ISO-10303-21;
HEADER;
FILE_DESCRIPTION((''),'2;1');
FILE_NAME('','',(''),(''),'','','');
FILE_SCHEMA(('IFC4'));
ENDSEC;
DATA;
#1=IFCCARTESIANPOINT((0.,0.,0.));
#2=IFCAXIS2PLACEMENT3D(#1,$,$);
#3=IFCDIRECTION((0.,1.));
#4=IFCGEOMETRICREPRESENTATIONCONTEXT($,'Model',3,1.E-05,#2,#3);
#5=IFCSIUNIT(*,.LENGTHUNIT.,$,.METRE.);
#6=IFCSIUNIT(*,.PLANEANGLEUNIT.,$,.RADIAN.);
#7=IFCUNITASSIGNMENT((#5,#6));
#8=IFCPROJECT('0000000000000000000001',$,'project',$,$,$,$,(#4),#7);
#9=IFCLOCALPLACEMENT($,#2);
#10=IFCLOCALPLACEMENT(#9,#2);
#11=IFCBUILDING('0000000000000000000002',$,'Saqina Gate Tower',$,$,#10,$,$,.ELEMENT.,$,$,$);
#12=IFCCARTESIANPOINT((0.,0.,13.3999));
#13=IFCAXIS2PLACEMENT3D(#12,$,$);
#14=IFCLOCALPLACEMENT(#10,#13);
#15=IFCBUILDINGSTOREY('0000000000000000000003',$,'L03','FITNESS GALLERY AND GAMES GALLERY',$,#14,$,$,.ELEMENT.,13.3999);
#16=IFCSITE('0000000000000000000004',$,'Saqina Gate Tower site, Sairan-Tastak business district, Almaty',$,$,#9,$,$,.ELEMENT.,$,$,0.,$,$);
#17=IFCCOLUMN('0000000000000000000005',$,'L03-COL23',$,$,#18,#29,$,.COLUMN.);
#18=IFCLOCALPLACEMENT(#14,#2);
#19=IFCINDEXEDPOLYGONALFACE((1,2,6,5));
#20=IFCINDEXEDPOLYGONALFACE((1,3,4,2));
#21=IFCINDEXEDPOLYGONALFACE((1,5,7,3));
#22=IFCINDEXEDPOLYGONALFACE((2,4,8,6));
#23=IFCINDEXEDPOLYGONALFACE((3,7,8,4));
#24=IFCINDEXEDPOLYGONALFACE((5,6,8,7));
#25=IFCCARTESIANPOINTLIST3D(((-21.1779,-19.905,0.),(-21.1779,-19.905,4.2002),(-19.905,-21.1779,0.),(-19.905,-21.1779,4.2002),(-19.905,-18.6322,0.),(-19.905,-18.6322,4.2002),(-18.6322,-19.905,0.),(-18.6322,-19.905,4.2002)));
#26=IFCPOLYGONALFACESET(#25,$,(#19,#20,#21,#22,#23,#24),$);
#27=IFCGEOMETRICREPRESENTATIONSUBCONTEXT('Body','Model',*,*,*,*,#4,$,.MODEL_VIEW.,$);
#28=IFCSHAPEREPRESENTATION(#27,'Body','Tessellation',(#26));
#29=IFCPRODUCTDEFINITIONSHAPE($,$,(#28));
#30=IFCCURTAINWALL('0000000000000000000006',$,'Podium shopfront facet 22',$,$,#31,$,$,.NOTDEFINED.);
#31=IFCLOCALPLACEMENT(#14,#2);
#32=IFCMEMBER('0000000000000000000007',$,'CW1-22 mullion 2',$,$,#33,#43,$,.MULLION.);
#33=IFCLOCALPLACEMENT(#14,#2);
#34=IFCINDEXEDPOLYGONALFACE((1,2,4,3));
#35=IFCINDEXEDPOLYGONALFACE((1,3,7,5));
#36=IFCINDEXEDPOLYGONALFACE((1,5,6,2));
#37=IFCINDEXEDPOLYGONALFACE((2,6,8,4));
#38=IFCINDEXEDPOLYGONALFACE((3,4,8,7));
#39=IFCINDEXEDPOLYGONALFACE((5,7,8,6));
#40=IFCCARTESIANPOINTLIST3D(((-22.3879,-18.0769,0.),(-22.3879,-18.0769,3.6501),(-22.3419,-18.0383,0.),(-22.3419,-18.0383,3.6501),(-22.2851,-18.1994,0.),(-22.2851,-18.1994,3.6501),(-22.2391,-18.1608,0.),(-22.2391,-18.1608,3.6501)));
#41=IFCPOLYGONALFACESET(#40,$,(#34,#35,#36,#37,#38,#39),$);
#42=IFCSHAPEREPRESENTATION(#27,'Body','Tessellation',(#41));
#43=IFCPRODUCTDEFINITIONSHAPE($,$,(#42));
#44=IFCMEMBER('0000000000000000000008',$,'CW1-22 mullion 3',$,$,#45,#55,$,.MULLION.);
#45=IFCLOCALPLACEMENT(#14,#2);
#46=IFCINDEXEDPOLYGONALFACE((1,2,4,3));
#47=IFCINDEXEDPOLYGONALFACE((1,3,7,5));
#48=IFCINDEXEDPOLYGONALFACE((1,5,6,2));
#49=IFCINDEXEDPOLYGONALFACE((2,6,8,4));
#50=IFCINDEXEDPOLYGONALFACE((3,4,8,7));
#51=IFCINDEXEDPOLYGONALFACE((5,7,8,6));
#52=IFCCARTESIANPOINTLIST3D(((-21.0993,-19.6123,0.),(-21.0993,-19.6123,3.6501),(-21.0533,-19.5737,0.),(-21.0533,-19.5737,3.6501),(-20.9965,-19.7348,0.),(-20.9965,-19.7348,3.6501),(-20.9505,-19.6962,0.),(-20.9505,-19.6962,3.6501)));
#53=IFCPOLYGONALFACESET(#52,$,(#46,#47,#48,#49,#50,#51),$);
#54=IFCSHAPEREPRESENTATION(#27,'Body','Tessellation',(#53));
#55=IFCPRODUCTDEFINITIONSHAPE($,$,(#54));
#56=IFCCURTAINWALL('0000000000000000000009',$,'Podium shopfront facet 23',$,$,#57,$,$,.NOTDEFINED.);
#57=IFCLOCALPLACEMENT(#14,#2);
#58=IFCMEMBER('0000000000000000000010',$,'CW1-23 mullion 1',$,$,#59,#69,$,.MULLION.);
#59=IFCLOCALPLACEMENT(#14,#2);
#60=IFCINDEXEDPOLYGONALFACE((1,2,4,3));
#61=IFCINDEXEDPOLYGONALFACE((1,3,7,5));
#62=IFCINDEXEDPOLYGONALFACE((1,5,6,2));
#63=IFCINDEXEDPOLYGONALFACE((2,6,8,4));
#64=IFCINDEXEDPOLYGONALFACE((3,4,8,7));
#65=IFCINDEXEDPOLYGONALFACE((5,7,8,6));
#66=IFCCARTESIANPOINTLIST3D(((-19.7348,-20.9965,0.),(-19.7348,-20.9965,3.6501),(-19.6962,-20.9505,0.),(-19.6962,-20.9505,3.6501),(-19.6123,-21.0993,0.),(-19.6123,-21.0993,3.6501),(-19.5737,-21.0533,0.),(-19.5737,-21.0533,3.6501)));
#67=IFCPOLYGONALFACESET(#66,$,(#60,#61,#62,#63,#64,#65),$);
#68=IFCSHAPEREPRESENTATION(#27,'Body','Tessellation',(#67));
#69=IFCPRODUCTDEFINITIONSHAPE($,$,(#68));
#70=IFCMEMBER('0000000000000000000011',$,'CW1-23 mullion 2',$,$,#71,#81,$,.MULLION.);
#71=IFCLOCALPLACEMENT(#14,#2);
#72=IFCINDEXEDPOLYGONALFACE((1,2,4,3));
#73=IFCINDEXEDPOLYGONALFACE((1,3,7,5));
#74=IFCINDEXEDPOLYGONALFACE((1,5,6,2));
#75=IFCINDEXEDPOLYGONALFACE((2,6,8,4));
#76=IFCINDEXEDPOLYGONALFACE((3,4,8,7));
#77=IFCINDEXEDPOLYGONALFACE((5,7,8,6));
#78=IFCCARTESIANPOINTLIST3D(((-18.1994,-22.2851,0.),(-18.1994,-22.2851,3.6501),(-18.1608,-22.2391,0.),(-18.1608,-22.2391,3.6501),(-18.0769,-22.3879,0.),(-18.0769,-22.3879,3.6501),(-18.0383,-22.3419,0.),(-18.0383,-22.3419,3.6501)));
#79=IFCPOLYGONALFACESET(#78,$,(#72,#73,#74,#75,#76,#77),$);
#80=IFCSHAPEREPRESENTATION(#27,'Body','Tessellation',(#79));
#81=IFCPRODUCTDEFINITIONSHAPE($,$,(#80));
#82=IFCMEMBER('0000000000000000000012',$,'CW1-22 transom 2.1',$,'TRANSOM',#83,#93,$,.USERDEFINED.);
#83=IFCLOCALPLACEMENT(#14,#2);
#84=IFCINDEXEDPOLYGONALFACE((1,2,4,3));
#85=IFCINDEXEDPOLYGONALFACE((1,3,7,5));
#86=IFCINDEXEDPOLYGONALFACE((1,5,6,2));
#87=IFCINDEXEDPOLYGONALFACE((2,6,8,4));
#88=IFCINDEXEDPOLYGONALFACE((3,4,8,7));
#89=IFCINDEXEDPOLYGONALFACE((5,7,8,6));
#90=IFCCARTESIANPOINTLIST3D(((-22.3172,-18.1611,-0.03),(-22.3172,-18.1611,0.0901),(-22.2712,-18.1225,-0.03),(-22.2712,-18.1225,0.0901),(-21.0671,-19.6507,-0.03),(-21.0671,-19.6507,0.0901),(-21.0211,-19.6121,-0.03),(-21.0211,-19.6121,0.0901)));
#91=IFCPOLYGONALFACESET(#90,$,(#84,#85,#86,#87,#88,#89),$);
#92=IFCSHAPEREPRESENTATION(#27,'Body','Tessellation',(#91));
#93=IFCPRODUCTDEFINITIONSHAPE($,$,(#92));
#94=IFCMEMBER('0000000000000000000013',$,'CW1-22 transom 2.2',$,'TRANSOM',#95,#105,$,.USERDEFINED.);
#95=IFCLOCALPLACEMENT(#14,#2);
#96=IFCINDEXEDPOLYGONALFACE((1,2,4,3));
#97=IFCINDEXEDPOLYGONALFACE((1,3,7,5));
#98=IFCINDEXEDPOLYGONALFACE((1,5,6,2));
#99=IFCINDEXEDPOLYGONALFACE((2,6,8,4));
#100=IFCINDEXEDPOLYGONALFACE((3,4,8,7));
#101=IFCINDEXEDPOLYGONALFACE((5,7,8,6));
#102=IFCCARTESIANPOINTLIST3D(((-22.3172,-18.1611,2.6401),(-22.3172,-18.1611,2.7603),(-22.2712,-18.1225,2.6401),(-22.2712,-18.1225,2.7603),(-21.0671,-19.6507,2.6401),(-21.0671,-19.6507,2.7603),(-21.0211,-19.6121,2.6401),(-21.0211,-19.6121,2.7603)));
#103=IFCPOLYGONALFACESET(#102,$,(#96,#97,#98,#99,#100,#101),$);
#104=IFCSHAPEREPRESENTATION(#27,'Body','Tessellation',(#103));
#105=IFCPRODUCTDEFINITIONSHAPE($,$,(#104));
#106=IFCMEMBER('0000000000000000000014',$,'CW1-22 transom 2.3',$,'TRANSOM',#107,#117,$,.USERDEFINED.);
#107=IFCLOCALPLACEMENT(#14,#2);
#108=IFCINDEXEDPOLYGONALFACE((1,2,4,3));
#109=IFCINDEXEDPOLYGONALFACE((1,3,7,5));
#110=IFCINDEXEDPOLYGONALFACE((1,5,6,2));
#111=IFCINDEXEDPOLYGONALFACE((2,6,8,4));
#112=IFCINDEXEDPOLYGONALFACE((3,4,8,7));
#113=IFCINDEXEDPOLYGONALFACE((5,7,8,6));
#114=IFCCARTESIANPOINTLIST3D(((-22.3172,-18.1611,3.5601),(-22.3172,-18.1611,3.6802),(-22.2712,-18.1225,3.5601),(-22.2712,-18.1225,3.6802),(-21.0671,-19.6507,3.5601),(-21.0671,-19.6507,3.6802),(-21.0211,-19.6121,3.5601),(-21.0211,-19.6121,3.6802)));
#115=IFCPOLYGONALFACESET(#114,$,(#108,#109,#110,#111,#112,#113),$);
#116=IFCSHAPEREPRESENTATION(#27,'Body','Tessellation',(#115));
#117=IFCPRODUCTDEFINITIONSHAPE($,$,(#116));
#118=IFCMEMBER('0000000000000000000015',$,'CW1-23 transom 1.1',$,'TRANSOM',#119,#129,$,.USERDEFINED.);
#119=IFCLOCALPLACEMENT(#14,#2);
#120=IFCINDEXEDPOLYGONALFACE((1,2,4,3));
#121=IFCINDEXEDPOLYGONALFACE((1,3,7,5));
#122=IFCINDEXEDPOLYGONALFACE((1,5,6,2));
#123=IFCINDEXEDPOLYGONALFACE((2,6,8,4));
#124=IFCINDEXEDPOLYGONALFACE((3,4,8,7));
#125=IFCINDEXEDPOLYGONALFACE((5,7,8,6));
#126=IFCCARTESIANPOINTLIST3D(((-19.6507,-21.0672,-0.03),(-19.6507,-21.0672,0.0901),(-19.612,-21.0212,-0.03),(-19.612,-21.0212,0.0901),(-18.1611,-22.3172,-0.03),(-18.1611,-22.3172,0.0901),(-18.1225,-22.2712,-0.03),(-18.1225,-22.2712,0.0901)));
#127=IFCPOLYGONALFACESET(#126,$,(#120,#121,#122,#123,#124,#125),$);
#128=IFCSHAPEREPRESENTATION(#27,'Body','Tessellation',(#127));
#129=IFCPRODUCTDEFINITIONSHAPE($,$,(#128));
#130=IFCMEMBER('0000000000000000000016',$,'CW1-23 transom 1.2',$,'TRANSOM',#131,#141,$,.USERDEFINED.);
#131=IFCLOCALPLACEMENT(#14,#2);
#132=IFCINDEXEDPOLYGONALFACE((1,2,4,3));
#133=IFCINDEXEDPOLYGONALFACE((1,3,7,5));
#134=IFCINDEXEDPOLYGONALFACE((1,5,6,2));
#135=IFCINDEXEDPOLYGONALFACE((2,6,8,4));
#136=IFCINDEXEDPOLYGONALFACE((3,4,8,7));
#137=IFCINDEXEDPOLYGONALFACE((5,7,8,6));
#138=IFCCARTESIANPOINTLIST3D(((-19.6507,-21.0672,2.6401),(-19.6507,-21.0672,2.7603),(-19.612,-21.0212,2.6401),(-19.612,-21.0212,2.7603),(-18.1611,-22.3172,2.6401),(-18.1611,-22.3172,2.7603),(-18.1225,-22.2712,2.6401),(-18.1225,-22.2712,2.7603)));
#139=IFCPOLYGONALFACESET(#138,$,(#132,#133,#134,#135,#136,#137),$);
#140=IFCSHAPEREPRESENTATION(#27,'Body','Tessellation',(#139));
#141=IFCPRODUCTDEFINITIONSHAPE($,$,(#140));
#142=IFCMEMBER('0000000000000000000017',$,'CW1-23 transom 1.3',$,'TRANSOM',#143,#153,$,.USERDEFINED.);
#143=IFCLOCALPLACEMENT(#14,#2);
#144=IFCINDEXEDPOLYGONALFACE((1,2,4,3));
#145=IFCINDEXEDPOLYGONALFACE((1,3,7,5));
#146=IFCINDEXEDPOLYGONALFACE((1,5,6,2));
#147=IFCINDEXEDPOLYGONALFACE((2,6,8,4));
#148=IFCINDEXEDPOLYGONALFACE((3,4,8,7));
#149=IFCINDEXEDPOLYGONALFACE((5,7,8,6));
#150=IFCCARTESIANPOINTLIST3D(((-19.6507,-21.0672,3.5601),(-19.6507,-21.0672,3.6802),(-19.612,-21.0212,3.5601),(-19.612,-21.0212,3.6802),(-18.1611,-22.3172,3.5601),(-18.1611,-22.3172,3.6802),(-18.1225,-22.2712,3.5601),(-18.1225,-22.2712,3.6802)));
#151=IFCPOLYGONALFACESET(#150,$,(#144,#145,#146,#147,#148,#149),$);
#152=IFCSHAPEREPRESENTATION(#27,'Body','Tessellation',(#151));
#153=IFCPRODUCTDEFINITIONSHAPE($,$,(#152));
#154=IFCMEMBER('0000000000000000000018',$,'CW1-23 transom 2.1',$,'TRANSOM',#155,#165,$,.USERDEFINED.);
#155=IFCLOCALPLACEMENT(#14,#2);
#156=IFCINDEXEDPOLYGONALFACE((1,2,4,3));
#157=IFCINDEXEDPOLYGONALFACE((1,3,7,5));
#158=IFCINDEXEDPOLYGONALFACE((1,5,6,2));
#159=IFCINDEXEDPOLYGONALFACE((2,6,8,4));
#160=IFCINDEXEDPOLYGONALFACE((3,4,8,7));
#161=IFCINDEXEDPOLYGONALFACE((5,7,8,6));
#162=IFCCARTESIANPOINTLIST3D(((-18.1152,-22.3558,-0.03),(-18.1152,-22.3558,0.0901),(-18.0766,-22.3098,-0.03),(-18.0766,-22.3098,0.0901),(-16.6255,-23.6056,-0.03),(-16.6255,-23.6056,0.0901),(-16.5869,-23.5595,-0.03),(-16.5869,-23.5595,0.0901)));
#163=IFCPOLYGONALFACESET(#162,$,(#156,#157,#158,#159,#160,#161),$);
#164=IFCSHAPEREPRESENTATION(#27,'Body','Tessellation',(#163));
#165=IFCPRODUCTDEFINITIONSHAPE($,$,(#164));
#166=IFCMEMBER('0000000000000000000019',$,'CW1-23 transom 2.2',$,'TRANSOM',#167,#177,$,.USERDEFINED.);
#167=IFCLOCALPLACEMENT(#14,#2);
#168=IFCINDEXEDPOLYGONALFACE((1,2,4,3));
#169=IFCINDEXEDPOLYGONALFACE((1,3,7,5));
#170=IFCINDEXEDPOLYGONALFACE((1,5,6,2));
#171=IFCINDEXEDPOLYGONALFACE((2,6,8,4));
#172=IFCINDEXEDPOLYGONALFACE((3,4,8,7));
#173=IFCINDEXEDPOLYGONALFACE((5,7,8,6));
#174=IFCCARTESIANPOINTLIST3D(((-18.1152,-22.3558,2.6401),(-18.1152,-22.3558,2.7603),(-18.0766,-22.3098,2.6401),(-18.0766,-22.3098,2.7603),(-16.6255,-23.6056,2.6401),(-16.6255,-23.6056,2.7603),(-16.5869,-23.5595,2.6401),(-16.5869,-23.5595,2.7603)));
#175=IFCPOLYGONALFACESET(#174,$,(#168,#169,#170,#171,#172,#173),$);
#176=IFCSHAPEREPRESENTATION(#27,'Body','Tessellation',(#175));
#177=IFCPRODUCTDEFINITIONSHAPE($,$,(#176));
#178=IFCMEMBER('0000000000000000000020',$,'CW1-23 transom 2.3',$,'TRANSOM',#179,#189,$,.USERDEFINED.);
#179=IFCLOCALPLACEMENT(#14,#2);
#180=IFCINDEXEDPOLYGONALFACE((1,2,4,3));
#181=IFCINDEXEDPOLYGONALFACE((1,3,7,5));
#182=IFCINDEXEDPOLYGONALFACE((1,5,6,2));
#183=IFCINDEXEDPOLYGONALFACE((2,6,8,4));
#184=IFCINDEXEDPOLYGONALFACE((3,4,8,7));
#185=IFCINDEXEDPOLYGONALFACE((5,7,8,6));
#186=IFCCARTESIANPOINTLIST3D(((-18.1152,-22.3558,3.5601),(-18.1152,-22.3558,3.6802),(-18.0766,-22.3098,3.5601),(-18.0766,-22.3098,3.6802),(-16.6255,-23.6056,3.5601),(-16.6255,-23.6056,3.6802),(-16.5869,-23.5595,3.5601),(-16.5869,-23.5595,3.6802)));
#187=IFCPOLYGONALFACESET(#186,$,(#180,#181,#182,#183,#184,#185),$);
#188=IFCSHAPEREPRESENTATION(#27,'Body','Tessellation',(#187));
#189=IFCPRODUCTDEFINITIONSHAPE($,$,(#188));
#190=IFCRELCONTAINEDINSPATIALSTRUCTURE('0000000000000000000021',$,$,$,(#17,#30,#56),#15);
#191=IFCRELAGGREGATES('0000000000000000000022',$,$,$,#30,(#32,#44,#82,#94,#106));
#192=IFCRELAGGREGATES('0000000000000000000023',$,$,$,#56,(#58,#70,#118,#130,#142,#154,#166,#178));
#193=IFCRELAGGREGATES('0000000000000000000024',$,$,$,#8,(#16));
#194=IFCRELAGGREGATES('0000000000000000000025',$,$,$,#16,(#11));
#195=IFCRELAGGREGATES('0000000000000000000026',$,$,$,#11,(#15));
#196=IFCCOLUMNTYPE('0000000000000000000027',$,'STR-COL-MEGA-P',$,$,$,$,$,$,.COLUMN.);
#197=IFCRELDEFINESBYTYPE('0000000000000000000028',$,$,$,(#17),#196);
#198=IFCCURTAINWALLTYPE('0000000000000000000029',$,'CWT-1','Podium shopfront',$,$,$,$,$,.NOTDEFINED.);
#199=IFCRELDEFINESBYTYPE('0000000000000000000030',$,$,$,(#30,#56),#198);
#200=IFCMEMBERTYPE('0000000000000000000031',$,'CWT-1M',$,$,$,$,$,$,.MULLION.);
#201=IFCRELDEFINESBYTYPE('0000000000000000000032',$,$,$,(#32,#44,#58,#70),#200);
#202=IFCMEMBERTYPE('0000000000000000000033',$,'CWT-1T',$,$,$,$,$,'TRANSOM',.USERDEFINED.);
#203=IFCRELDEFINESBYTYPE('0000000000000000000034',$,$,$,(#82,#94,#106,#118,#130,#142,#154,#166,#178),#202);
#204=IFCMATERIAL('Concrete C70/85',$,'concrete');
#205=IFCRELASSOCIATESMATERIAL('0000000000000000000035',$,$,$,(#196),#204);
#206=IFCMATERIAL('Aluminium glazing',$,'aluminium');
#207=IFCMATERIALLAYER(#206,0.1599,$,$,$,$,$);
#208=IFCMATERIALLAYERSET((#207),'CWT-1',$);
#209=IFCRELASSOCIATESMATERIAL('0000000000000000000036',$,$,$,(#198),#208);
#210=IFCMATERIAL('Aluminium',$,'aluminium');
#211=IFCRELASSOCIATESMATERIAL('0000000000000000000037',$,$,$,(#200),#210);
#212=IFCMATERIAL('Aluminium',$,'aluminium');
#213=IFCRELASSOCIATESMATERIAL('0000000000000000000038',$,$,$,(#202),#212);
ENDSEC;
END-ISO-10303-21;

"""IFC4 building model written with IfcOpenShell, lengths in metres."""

from ifc_helpers import new_model, si_unit, direction, frame, origin, origin_2d, place, context, subcontext, project, spatial, rectangle, extrude, material, layer, layer_set, material_profile, profile_set, type_object, element, aggregate, save


model = new_model("IFC4")

# Units and contexts
model_context = context("Model", 3, precision=1e-05, world=origin(), true_north=direction((0.0, 1.0)))
body_context = subcontext(model_context, "Body", "Model", "MODEL_VIEW")
ifc_project = project(units=[si_unit("LENGTHUNIT", "METRE"), si_unit("PLANEANGLEUNIT", "RADIAN")], contexts=[model_context])

# Site, building, storey
site_placement = place(None, origin())
site = spatial("IfcSite", under=ifc_project, at=site_placement, Name="Saqina Gate Tower site, Sairan-Tastak business district, Almaty", CompositionType="ELEMENT", RefElevation=0.0)
building_placement = place(site_placement, origin())
building = spatial("IfcBuilding", under=site, at=building_placement, Name="Saqina Gate Tower", CompositionType="ELEMENT")
storey_placement = place(building_placement, frame((0.0, 0.0, 13.3999)))
storey = spatial("IfcBuildingStorey", under=building, at=storey_placement, Name="L03", Description="FITNESS GALLERY AND GAMES GALLERY", CompositionType="ELEMENT", Elevation=13.3999)

# Column
ifc_material_1 = material(Name="Concrete C70/85", Category="concrete")
ifc_material_profile_1 = material_profile(ifc_material_1, rectangle(XDim=1.8, YDim=1.8, at=origin_2d()), Name="RC 1800x1800")
ifc_profile_set_1 = profile_set([ifc_material_profile_1], Name="Concrete C70/85")
column_type = type_object("IfcColumnType", Name="STR-COL-MEGA-P", PredefinedType="COLUMN", material=ifc_profile_set_1)
column_placement = place(storey_placement, frame((-19.905, -19.905, 0.0), z_axis=(0.0, 0.0, 1.0), x_axis=(-0.707107, -0.707107, 0.0)))
element("IfcColumn", 1, at=column_placement, inside=storey, type_object=column_type, Name="L03-COL23", PredefinedType="COLUMN", context=body_context, shape_type="SweptSolid", body=[
    extrude(rectangle(XDim=1.8, YDim=1.8, at=origin_2d()), origin(), (0.0, 0.0, 1.0), 4.2002),
])

# Curtain walls, members
ifc_material_2 = material(Name="Aluminium glazing", Category="aluminium")
ifc_layer_1 = layer(ifc_material_2, 0.1599)
ifc_layer_set_1 = layer_set([ifc_layer_1], Name="CWT-1")
curtain_wall_type = type_object("IfcCurtainWallType", Name="CWT-1", Description="Podium shopfront", PredefinedType="NOTDEFINED", material=ifc_layer_set_1)
curtain_wall_1_placement = place(storey_placement, origin())
curtain_wall_1 = element("IfcCurtainWall", 2, at=curtain_wall_1_placement, inside=storey, type_object=curtain_wall_type, Name="Podium shopfront facet 22", PredefinedType="NOTDEFINED")
ifc_material_3 = material(Name="Aluminium", Category="aluminium")
ifc_material_profile_2 = material_profile(ifc_material_3, rectangle(XDim=0.0601, YDim=0.1599, at=origin_2d()), Name="Aluminium 60x160")
ifc_profile_set_2 = profile_set([ifc_material_profile_2], Name="Aluminium")
member_type_1 = type_object("IfcMemberType", Name="CWT-1M", PredefinedType="MULLION", material=ifc_profile_set_2)
member_1_placement = place(storey_placement, frame((-22.3135, -18.1189, 0.0), z_axis=(0.0, 0.0, 1.0), x_axis=(0.766051, 0.642779, 0.0)))
member_1 = element("IfcMember", 3, at=member_1_placement, type_object=member_type_1, Name="CW1-22 mullion 2", PredefinedType="MULLION", context=body_context, shape_type="SweptSolid", body=[
    extrude(rectangle(XDim=0.0601, YDim=0.1599, at=origin_2d()), origin(), (0.0, 0.0, 1.0), 3.6501),
])
member_2_placement = place(storey_placement, frame((-21.0249, -19.6543, 0.0), z_axis=(0.0, 0.0, 1.0), x_axis=(0.766051, 0.642779, 0.0)))
member_2 = element("IfcMember", 4, at=member_2_placement, type_object=member_type_1, Name="CW1-22 mullion 3", PredefinedType="MULLION", context=body_context, shape_type="SweptSolid", body=[
    extrude(rectangle(XDim=0.0601, YDim=0.1599, at=origin_2d()), origin(), (0.0, 0.0, 1.0), 3.6501),
])
curtain_wall_2_placement = place(storey_placement, origin())
curtain_wall_2 = element("IfcCurtainWall", 5, at=curtain_wall_2_placement, inside=storey, type_object=curtain_wall_type, Name="Podium shopfront facet 23", PredefinedType="NOTDEFINED")
member_3_placement = place(storey_placement, frame((-19.6543, -21.0249, 0.0), z_axis=(0.0, 0.0, 1.0), x_axis=(0.642779, 0.766051, 0.0)))
member_3 = element("IfcMember", 6, at=member_3_placement, type_object=member_type_1, Name="CW1-23 mullion 1", PredefinedType="MULLION", context=body_context, shape_type="SweptSolid", body=[
    extrude(rectangle(XDim=0.0601, YDim=0.1599, at=origin_2d()), origin(), (0.0, 0.0, 1.0), 3.6501),
])
member_4_placement = place(storey_placement, frame((-18.1189, -22.3135, 0.0), z_axis=(0.0, 0.0, 1.0), x_axis=(0.642779, 0.766051, 0.0)))
member_4 = element("IfcMember", 7, at=member_4_placement, type_object=member_type_1, Name="CW1-23 mullion 2", PredefinedType="MULLION", context=body_context, shape_type="SweptSolid", body=[
    extrude(rectangle(XDim=0.0601, YDim=0.1599, at=origin_2d()), origin(), (0.0, 0.0, 1.0), 3.6501),
])

# Members
ifc_material_4 = material(Name="Aluminium", Category="aluminium")
ifc_material_profile_3 = material_profile(ifc_material_4, rectangle(XDim=0.0601, YDim=0.1201, at=origin_2d()), Name="Aluminium 60x120")
ifc_profile_set_3 = profile_set([ifc_material_profile_3], Name="Aluminium")
member_type_2 = type_object("IfcMemberType", Name="CWT-1T", ElementType="TRANSOM", PredefinedType="USERDEFINED", material=ifc_profile_set_3)
member_5_placement = place(storey_placement, frame((-22.2942, -18.1418, 0.03), z_axis=(0.642836, -0.766004, 0.0), x_axis=(0.766004, 0.642836, 0.0)))
member_5 = element("IfcMember", 8, at=member_5_placement, type_object=member_type_2, Name="CW1-22 transom 2.1", ObjectType="TRANSOM", PredefinedType="USERDEFINED", context=body_context, shape_type="SweptSolid", body=[
    extrude(rectangle(XDim=0.0601, YDim=0.1201, at=origin_2d()), origin(), (0.0, 0.0, 1.0), 1.9446),
])
member_6_placement = place(storey_placement, frame((-22.2942, -18.1418, 2.7002), z_axis=(0.642836, -0.766004, 0.0), x_axis=(0.766004, 0.642836, 0.0)))
member_6 = element("IfcMember", 9, at=member_6_placement, type_object=member_type_2, Name="CW1-22 transom 2.2", ObjectType="TRANSOM", PredefinedType="USERDEFINED", context=body_context, shape_type="SweptSolid", body=[
    extrude(rectangle(XDim=0.0601, YDim=0.1201, at=origin_2d()), origin(), (0.0, 0.0, 1.0), 1.9446),
])
member_7_placement = place(storey_placement, frame((-22.2942, -18.1418, 3.6201), z_axis=(0.642836, -0.766004, 0.0), x_axis=(0.766004, 0.642836, 0.0)))
member_7 = element("IfcMember", 10, at=member_7_placement, type_object=member_type_2, Name="CW1-22 transom 2.3", ObjectType="TRANSOM", PredefinedType="USERDEFINED", context=body_context, shape_type="SweptSolid", body=[
    extrude(rectangle(XDim=0.0601, YDim=0.1201, at=origin_2d()), origin(), (0.0, 0.0, 1.0), 1.9446),
])
member_8_placement = place(storey_placement, frame((-19.6313, -21.0442, 0.03), z_axis=(0.766004, -0.642836, 0.0), x_axis=(0.642836, 0.766004, 0.0)))
member_8 = element("IfcMember", 11, at=member_8_placement, type_object=member_type_2, Name="CW1-23 transom 1.1", ObjectType="TRANSOM", PredefinedType="USERDEFINED", context=body_context, shape_type="SweptSolid", body=[
    extrude(rectangle(XDim=0.0601, YDim=0.1201, at=origin_2d()), origin(), (0.0, 0.0, 1.0), 1.9446),
])
member_9_placement = place(storey_placement, frame((-19.6313, -21.0442, 2.7002), z_axis=(0.766004, -0.642836, 0.0), x_axis=(0.642836, 0.766004, 0.0)))
member_9 = element("IfcMember", 12, at=member_9_placement, type_object=member_type_2, Name="CW1-23 transom 1.2", ObjectType="TRANSOM", PredefinedType="USERDEFINED", context=body_context, shape_type="SweptSolid", body=[
    extrude(rectangle(XDim=0.0601, YDim=0.1201, at=origin_2d()), origin(), (0.0, 0.0, 1.0), 1.9446),
])
member_10_placement = place(storey_placement, frame((-19.6313, -21.0442, 3.6201), z_axis=(0.766004, -0.642836, 0.0), x_axis=(0.642836, 0.766004, 0.0)))
member_10 = element("IfcMember", 13, at=member_10_placement, type_object=member_type_2, Name="CW1-23 transom 1.3", ObjectType="TRANSOM", PredefinedType="USERDEFINED", context=body_context, shape_type="SweptSolid", body=[
    extrude(rectangle(XDim=0.0601, YDim=0.1201, at=origin_2d()), origin(), (0.0, 0.0, 1.0), 1.9446),
])
member_11_placement = place(storey_placement, frame((-18.0959, -22.3328, 0.03), z_axis=(0.766118, -0.6427, 0.0), x_axis=(0.6427, 0.766118, 0.0)))
member_11 = element("IfcMember", 14, at=member_11_placement, type_object=member_type_2, Name="CW1-23 transom 2.1", ObjectType="TRANSOM", PredefinedType="USERDEFINED", context=body_context, shape_type="SweptSolid", body=[
    extrude(rectangle(XDim=0.0601, YDim=0.1201, at=origin_2d()), origin(), (0.0, 0.0, 1.0), 1.9446),
])
member_12_placement = place(storey_placement, frame((-18.0959, -22.3328, 2.7002), z_axis=(0.766118, -0.6427, 0.0), x_axis=(0.6427, 0.766118, 0.0)))
member_12 = element("IfcMember", 15, at=member_12_placement, type_object=member_type_2, Name="CW1-23 transom 2.2", ObjectType="TRANSOM", PredefinedType="USERDEFINED", context=body_context, shape_type="SweptSolid", body=[
    extrude(rectangle(XDim=0.0601, YDim=0.1201, at=origin_2d()), origin(), (0.0, 0.0, 1.0), 1.9446),
])
member_13_placement = place(storey_placement, frame((-18.0959, -22.3328, 3.6201), z_axis=(0.766118, -0.6427, 0.0), x_axis=(0.6427, 0.766118, 0.0)))
member_13 = element("IfcMember", 16, at=member_13_placement, type_object=member_type_2, Name="CW1-23 transom 2.3", ObjectType="TRANSOM", PredefinedType="USERDEFINED", context=body_context, shape_type="SweptSolid", body=[
    extrude(rectangle(XDim=0.0601, YDim=0.1201, at=origin_2d()), origin(), (0.0, 0.0, 1.0), 1.9446),
])

aggregate(curtain_wall_1, [member_1, member_2, member_5, member_6, member_7])
aggregate(curtain_wall_2, [member_3, member_4, member_8, member_9, member_10, member_11, member_12, member_13])

save(model, "model.ifc")
